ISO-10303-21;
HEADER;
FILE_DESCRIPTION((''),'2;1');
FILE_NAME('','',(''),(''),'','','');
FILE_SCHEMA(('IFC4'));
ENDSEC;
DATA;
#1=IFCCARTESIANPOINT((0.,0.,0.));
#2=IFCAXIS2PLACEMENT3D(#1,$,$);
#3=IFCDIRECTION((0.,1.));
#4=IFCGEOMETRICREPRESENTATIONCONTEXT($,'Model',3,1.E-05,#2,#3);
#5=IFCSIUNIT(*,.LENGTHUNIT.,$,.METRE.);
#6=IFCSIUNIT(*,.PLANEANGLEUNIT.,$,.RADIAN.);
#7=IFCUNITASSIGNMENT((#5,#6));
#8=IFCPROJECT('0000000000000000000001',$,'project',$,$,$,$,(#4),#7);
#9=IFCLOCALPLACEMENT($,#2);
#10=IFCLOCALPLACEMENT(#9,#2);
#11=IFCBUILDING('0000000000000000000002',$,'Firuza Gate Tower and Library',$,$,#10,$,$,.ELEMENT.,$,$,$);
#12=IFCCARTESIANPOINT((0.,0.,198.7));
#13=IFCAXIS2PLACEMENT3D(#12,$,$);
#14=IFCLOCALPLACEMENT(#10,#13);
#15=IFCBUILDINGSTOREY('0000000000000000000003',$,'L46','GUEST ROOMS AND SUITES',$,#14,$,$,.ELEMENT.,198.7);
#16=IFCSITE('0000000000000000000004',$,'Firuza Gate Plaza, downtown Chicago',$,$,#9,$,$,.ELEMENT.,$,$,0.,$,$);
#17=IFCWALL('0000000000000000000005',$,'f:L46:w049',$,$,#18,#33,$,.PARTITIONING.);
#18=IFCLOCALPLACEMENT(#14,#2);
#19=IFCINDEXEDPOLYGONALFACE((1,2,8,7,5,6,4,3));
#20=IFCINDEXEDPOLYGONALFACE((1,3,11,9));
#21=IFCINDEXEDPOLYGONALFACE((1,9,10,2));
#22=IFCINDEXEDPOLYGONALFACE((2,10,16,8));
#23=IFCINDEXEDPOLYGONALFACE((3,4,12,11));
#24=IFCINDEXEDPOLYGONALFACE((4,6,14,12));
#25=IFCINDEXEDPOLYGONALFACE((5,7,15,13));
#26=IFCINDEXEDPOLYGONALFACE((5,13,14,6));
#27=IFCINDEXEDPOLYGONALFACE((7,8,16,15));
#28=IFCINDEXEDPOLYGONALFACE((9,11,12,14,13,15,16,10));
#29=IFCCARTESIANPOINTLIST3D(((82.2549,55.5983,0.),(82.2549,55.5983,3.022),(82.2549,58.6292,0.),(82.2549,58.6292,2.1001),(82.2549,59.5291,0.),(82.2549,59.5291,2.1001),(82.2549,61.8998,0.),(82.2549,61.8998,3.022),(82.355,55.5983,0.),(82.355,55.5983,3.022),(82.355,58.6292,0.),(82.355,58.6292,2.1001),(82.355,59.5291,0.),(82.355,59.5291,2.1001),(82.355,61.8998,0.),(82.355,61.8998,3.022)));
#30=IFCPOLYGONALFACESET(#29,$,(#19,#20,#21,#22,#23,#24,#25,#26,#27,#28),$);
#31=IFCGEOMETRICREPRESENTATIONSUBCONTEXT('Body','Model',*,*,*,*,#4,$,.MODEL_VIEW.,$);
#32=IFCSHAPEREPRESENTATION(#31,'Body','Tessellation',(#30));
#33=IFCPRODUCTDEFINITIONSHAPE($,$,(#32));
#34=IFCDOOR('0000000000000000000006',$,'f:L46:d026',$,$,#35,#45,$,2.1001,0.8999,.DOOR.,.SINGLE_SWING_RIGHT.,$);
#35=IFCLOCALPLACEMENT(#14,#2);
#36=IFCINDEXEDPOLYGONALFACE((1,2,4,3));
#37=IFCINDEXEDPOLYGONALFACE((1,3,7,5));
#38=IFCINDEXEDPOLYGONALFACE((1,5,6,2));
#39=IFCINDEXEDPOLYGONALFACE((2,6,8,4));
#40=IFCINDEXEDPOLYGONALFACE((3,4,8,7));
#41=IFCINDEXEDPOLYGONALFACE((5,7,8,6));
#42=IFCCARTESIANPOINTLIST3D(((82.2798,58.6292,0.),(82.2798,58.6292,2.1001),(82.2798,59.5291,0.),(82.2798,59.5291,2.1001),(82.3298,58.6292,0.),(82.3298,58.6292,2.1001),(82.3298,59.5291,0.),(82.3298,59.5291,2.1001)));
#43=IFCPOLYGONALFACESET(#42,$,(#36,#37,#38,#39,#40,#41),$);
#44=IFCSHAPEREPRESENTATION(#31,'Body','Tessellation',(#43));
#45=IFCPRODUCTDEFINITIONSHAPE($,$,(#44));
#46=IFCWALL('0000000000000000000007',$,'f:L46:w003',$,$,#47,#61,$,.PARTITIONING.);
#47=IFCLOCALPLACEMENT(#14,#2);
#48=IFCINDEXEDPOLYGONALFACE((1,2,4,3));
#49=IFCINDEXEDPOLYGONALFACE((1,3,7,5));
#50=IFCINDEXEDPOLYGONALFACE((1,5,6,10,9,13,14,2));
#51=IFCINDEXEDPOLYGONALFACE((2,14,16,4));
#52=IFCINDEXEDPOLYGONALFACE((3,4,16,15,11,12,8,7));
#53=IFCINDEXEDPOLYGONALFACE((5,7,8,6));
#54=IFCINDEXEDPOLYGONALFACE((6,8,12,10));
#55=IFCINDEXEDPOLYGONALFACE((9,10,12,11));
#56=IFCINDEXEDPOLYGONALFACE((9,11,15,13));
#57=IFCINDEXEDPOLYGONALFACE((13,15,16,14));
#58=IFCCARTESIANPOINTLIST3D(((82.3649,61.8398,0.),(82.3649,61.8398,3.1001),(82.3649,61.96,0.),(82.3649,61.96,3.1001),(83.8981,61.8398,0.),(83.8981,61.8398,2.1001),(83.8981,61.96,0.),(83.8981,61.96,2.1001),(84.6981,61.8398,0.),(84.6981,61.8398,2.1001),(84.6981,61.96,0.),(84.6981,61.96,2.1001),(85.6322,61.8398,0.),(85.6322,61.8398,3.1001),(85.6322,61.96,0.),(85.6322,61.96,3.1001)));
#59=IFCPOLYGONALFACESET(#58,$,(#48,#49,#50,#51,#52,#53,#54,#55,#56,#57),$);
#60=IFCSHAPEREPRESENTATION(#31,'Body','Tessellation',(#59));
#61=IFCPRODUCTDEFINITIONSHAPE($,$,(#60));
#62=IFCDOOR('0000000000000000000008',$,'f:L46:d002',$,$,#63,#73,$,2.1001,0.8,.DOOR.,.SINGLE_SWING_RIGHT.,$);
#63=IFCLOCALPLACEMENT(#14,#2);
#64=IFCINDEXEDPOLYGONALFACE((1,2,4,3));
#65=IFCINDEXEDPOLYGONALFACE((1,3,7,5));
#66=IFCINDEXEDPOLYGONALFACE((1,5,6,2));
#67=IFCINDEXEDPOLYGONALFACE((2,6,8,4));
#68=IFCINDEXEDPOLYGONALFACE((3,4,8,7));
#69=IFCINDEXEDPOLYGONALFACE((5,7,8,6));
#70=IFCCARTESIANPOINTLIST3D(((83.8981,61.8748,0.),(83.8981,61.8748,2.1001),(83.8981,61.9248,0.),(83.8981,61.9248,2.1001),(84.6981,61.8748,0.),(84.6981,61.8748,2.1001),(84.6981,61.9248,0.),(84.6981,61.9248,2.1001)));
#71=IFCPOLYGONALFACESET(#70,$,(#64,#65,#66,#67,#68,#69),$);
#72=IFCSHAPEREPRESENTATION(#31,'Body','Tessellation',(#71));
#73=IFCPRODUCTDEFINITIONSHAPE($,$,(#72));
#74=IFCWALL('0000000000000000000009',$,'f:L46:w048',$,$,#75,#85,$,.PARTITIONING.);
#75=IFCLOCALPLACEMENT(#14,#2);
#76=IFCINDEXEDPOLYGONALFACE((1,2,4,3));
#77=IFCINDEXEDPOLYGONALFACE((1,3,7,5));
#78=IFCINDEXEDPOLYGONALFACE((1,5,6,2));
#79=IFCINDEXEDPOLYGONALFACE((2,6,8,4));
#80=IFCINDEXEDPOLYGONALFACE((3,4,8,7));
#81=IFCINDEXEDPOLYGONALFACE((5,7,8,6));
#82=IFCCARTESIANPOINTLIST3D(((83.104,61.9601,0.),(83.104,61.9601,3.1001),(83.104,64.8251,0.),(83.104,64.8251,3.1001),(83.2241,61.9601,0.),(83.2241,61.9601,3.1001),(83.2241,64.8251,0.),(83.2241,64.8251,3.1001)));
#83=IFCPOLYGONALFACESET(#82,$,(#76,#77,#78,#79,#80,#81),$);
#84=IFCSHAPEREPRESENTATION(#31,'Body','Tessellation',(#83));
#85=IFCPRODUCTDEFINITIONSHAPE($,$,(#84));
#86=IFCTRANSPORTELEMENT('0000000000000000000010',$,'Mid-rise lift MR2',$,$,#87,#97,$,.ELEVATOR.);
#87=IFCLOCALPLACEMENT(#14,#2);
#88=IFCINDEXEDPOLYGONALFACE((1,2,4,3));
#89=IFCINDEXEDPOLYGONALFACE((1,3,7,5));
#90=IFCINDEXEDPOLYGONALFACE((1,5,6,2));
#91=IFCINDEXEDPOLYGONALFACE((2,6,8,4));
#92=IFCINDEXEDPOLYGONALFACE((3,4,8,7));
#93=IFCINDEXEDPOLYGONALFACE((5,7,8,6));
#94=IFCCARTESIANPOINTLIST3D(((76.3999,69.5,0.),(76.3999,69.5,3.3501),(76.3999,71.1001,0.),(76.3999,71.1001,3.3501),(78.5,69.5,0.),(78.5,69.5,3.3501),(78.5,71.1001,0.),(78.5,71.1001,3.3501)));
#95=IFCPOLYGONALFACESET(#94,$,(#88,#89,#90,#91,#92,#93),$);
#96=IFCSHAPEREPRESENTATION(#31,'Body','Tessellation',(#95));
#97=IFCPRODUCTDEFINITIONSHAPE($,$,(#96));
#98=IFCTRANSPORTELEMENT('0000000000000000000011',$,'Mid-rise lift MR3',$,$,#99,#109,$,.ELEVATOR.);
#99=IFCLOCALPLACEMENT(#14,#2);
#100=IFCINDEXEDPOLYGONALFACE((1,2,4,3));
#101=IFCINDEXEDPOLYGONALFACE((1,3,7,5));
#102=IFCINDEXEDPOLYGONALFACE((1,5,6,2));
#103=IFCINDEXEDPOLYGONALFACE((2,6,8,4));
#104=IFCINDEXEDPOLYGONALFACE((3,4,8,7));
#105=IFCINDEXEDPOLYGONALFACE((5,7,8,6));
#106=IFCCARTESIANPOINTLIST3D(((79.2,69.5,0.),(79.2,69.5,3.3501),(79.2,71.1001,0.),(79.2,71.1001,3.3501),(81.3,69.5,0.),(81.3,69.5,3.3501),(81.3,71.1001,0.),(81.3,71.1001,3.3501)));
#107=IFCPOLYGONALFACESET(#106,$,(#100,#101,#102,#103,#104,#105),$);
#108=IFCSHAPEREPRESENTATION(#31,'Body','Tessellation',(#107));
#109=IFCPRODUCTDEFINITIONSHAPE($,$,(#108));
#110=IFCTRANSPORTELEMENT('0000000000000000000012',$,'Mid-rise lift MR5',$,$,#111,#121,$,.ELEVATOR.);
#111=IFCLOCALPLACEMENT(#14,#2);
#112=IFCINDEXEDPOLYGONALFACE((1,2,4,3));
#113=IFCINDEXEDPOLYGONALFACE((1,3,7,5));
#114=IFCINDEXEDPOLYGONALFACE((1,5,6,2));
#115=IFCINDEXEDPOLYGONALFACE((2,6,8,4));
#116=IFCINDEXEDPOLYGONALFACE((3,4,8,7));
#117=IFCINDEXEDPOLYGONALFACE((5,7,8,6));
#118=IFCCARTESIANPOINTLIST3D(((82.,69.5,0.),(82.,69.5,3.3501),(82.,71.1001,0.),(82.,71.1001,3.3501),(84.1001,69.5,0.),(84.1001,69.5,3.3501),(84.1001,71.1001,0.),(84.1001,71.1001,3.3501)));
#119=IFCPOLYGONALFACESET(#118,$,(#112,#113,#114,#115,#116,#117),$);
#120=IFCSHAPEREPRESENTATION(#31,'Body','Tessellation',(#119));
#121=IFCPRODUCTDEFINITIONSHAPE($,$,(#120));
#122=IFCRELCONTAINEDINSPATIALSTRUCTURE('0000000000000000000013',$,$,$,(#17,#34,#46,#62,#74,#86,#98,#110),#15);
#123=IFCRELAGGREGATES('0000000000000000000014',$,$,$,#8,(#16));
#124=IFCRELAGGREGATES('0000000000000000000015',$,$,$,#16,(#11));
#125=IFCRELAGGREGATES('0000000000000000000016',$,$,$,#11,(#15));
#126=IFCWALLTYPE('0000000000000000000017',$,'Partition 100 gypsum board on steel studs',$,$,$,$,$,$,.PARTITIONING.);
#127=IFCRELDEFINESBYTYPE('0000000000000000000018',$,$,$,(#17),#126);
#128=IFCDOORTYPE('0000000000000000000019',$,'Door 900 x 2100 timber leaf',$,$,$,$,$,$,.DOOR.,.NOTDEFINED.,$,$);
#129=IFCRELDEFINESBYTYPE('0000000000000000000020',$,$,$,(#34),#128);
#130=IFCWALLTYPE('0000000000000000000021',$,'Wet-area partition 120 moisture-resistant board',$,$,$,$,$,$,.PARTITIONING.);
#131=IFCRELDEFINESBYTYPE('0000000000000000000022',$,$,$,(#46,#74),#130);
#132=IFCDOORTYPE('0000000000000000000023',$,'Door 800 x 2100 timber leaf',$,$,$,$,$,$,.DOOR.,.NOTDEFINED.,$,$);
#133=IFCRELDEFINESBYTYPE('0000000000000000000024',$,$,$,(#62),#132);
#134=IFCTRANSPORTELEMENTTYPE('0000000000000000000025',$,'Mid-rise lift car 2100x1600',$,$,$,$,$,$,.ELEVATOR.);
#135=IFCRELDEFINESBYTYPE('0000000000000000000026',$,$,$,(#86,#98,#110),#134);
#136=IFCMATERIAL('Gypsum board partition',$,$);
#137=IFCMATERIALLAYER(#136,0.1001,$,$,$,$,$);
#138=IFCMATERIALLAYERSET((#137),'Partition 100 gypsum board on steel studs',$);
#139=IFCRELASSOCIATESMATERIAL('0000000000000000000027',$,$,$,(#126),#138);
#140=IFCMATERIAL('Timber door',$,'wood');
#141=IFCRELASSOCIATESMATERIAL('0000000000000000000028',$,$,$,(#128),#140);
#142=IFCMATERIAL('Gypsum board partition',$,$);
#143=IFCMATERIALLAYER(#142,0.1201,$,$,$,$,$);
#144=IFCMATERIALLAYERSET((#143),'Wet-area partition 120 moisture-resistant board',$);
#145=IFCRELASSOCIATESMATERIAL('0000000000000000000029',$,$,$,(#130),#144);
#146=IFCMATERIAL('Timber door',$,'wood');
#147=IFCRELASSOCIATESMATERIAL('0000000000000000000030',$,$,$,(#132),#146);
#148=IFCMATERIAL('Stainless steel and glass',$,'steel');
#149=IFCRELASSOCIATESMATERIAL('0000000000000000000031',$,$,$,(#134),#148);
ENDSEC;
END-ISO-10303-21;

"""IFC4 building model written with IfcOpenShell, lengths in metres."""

from ifc_helpers import new_model, si_unit, direction, frame, frame_2d, origin, origin_2d, place, context, subcontext, project, spatial, rectangle, extrude, material, layer, layer_set, type_object, element, fill, save


model = new_model("IFC4")

# Units and contexts
model_context = context("Model", 3, precision=1e-05, world=origin(), true_north=direction((0.0, 1.0)))
body_context = subcontext(model_context, "Body", "Model", "MODEL_VIEW")
ifc_project = project(units=[si_unit("LENGTHUNIT", "METRE"), si_unit("PLANEANGLEUNIT", "RADIAN")], contexts=[model_context])

# Site, building, storey
site_placement = place(None, origin())
site = spatial("IfcSite", under=ifc_project, at=site_placement, Name="Firuza Gate Plaza, downtown Chicago", CompositionType="ELEMENT", RefElevation=0.0)
building_placement = place(site_placement, origin())
building = spatial("IfcBuilding", under=site, at=building_placement, Name="Firuza Gate Tower and Library", CompositionType="ELEMENT")
storey_placement = place(building_placement, frame((0.0, 0.0, 198.7)))
storey = spatial("IfcBuildingStorey", under=building, at=storey_placement, Name="L46", Description="GUEST ROOMS AND SUITES", CompositionType="ELEMENT", Elevation=198.7)

# Walls, openings, doors
ifc_material_1 = material(Name="Gypsum board partition")
ifc_layer_1 = layer(ifc_material_1, 0.1001)
ifc_layer_set_1 = layer_set([ifc_layer_1], Name="Partition 100 gypsum board on steel studs")
wall_type_1 = type_object("IfcWallType", Name="Partition 100 gypsum board on steel studs", PredefinedType="PARTITIONING", material=ifc_layer_set_1)
wall_1_placement = place(storey_placement, frame((82.3049, 61.8999, 0.0), z_axis=(0.0, 0.0, 1.0), x_axis=(0.0, -1.0, 0.0)))
wall_1 = element("IfcWall", 1, at=wall_1_placement, inside=storey, type_object=wall_type_1, Name="f:L46:w049", PredefinedType="PARTITIONING", context=body_context, shape_type="SweptSolid", body=[
    extrude(rectangle(XDim=6.3015, YDim=0.1001, at=frame_2d((3.1509, 0.0))), origin(), (0.0, 0.0, 1.0), 3.022),
])
opening_1_placement = place(wall_1_placement, frame((2.3708, 0.0, 0.0)))
opening_1 = element("IfcOpeningElement", 2, at=opening_1_placement, cuts=wall_1, PredefinedType="OPENING", context=body_context, shape_type="SweptSolid", body=[
    extrude(rectangle(XDim=0.8999, YDim=2.1001, at=frame_2d((0.45, 1.05))), frame((0.0, 0.0601, 0.0), z_axis=(0.0, -1.0, 0.0), x_axis=(1.0, 0.0, 0.0)), (0.0, 0.0, 1.0), 0.1201),
])
ifc_material_2 = material(Name="Timber door", Category="wood")
door_type_1 = type_object("IfcDoorType", Name="Door 900 x 2100 timber leaf", OperationType="NOTDEFINED", PredefinedType="DOOR", material=ifc_material_2)
door_1_placement = place(opening_1_placement, origin())
door_1 = element("IfcDoor", 3, at=door_1_placement, inside=storey, type_object=door_type_1, Name="f:L46:d026", OperationType="SINGLE_SWING_RIGHT", OverallHeight=2.1001, OverallWidth=0.8999, PredefinedType="DOOR", context=body_context, shape_type="SweptSolid", body=[
    extrude(rectangle(XDim=0.8999, YDim=2.1001, at=frame_2d((0.45, 1.05))), frame((0.0, 0.0249, 0.0), z_axis=(0.0, -1.0, 0.0), x_axis=(1.0, 0.0, 0.0)), (0.0, 0.0, 1.0), 0.05),
])
fill(opening_1, door_1)
ifc_material_3 = material(Name="Gypsum board partition")
ifc_layer_2 = layer(ifc_material_3, 0.1201)
ifc_layer_set_2 = layer_set([ifc_layer_2], Name="Wet-area partition 120 moisture-resistant board")
wall_type_2 = type_object("IfcWallType", Name="Wet-area partition 120 moisture-resistant board", PredefinedType="PARTITIONING", material=ifc_layer_set_2)
wall_2_placement = place(storey_placement, frame((82.3647, 61.8999, 0.0), z_axis=(0.0, 0.0, 1.0), x_axis=(1.0, 0.0, 0.0)))
wall_2 = element("IfcWall", 4, at=wall_2_placement, inside=storey, type_object=wall_type_2, Name="f:L46:w003", PredefinedType="PARTITIONING", context=body_context, shape_type="SweptSolid", body=[
    extrude(rectangle(XDim=3.2673, YDim=0.1201, at=frame_2d((1.6338, 0.0))), origin(), (0.0, 0.0, 1.0), 3.1001),
])
opening_2_placement = place(wall_2_placement, frame((1.5334, 0.0, 0.0)))
opening_2 = element("IfcOpeningElement", 5, at=opening_2_placement, cuts=wall_2, PredefinedType="OPENING", context=body_context, shape_type="SweptSolid", body=[
    extrude(rectangle(XDim=0.8, YDim=2.1001, at=frame_2d((0.3999, 1.05))), frame((0.0, 0.0701, 0.0), z_axis=(0.0, -1.0, 0.0), x_axis=(1.0, 0.0, 0.0)), (0.0, 0.0, 1.0), 0.1401),
])
ifc_material_4 = material(Name="Timber door", Category="wood")
door_type_2 = type_object("IfcDoorType", Name="Door 800 x 2100 timber leaf", OperationType="NOTDEFINED", PredefinedType="DOOR", material=ifc_material_4)
door_2_placement = place(opening_2_placement, origin())
door_2 = element("IfcDoor", 6, at=door_2_placement, inside=storey, type_object=door_type_2, Name="f:L46:d002", OperationType="SINGLE_SWING_RIGHT", OverallHeight=2.1001, OverallWidth=0.8, PredefinedType="DOOR", context=body_context, shape_type="SweptSolid", body=[
    extrude(rectangle(XDim=0.8, YDim=2.1001, at=frame_2d((0.3999, 1.05))), frame((0.0, 0.0249, 0.0), z_axis=(0.0, -1.0, 0.0), x_axis=(1.0, 0.0, 0.0)), (0.0, 0.0, 1.0), 0.05),
])
fill(opening_2, door_2)

# Wall
wall_3_placement = place(storey_placement, frame((83.1641, 61.96, 0.0), z_axis=(0.0, 0.0, 1.0), x_axis=(0.0, 1.0, 0.0)))
element("IfcWall", 7, at=wall_3_placement, inside=storey, type_object=wall_type_2, Name="f:L46:w048", PredefinedType="PARTITIONING", context=body_context, shape_type="SweptSolid", body=[
    extrude(rectangle(XDim=2.865, YDim=0.1201, at=frame_2d((1.4326, 0.0))), origin(), (0.0, 0.0, 1.0), 3.1001),
])

# Transport elements
ifc_material_5 = material(Name="Stainless steel and glass", Category="steel")
transport_element_type = type_object("IfcTransportElementType", Name="Mid-rise lift car 2100x1600", PredefinedType="ELEVATOR", material=ifc_material_5)
for number, where, z_axis, x_axis, name in (
    (8, (77.45, 70.3, 0.0), (0.0, 0.0, 1.0), (1.0, 0.0, 0.0), "Mid-rise lift MR2"),
    (9, (80.25, 70.3, 0.0), (0.0, 0.0, 1.0), (1.0, 0.0, 0.0), "Mid-rise lift MR3"),
    (10, (83.05, 70.3, 0.0), (0.0, 0.0, 1.0), (1.0, 0.0, 0.0), "Mid-rise lift MR5"),
):
    element("IfcTransportElement", number, at=place(storey_placement, frame(where, z_axis=z_axis, x_axis=x_axis)), inside=storey, type_object=transport_element_type, Name=name, PredefinedType="ELEVATOR", context=body_context, shape_type="SweptSolid", body=[
        extrude(rectangle(XDim=2.1001, YDim=1.6001, at=origin_2d()), origin(), (0.0, 0.0, 1.0), 3.3501),
    ])

save(model, "model.ifc")
